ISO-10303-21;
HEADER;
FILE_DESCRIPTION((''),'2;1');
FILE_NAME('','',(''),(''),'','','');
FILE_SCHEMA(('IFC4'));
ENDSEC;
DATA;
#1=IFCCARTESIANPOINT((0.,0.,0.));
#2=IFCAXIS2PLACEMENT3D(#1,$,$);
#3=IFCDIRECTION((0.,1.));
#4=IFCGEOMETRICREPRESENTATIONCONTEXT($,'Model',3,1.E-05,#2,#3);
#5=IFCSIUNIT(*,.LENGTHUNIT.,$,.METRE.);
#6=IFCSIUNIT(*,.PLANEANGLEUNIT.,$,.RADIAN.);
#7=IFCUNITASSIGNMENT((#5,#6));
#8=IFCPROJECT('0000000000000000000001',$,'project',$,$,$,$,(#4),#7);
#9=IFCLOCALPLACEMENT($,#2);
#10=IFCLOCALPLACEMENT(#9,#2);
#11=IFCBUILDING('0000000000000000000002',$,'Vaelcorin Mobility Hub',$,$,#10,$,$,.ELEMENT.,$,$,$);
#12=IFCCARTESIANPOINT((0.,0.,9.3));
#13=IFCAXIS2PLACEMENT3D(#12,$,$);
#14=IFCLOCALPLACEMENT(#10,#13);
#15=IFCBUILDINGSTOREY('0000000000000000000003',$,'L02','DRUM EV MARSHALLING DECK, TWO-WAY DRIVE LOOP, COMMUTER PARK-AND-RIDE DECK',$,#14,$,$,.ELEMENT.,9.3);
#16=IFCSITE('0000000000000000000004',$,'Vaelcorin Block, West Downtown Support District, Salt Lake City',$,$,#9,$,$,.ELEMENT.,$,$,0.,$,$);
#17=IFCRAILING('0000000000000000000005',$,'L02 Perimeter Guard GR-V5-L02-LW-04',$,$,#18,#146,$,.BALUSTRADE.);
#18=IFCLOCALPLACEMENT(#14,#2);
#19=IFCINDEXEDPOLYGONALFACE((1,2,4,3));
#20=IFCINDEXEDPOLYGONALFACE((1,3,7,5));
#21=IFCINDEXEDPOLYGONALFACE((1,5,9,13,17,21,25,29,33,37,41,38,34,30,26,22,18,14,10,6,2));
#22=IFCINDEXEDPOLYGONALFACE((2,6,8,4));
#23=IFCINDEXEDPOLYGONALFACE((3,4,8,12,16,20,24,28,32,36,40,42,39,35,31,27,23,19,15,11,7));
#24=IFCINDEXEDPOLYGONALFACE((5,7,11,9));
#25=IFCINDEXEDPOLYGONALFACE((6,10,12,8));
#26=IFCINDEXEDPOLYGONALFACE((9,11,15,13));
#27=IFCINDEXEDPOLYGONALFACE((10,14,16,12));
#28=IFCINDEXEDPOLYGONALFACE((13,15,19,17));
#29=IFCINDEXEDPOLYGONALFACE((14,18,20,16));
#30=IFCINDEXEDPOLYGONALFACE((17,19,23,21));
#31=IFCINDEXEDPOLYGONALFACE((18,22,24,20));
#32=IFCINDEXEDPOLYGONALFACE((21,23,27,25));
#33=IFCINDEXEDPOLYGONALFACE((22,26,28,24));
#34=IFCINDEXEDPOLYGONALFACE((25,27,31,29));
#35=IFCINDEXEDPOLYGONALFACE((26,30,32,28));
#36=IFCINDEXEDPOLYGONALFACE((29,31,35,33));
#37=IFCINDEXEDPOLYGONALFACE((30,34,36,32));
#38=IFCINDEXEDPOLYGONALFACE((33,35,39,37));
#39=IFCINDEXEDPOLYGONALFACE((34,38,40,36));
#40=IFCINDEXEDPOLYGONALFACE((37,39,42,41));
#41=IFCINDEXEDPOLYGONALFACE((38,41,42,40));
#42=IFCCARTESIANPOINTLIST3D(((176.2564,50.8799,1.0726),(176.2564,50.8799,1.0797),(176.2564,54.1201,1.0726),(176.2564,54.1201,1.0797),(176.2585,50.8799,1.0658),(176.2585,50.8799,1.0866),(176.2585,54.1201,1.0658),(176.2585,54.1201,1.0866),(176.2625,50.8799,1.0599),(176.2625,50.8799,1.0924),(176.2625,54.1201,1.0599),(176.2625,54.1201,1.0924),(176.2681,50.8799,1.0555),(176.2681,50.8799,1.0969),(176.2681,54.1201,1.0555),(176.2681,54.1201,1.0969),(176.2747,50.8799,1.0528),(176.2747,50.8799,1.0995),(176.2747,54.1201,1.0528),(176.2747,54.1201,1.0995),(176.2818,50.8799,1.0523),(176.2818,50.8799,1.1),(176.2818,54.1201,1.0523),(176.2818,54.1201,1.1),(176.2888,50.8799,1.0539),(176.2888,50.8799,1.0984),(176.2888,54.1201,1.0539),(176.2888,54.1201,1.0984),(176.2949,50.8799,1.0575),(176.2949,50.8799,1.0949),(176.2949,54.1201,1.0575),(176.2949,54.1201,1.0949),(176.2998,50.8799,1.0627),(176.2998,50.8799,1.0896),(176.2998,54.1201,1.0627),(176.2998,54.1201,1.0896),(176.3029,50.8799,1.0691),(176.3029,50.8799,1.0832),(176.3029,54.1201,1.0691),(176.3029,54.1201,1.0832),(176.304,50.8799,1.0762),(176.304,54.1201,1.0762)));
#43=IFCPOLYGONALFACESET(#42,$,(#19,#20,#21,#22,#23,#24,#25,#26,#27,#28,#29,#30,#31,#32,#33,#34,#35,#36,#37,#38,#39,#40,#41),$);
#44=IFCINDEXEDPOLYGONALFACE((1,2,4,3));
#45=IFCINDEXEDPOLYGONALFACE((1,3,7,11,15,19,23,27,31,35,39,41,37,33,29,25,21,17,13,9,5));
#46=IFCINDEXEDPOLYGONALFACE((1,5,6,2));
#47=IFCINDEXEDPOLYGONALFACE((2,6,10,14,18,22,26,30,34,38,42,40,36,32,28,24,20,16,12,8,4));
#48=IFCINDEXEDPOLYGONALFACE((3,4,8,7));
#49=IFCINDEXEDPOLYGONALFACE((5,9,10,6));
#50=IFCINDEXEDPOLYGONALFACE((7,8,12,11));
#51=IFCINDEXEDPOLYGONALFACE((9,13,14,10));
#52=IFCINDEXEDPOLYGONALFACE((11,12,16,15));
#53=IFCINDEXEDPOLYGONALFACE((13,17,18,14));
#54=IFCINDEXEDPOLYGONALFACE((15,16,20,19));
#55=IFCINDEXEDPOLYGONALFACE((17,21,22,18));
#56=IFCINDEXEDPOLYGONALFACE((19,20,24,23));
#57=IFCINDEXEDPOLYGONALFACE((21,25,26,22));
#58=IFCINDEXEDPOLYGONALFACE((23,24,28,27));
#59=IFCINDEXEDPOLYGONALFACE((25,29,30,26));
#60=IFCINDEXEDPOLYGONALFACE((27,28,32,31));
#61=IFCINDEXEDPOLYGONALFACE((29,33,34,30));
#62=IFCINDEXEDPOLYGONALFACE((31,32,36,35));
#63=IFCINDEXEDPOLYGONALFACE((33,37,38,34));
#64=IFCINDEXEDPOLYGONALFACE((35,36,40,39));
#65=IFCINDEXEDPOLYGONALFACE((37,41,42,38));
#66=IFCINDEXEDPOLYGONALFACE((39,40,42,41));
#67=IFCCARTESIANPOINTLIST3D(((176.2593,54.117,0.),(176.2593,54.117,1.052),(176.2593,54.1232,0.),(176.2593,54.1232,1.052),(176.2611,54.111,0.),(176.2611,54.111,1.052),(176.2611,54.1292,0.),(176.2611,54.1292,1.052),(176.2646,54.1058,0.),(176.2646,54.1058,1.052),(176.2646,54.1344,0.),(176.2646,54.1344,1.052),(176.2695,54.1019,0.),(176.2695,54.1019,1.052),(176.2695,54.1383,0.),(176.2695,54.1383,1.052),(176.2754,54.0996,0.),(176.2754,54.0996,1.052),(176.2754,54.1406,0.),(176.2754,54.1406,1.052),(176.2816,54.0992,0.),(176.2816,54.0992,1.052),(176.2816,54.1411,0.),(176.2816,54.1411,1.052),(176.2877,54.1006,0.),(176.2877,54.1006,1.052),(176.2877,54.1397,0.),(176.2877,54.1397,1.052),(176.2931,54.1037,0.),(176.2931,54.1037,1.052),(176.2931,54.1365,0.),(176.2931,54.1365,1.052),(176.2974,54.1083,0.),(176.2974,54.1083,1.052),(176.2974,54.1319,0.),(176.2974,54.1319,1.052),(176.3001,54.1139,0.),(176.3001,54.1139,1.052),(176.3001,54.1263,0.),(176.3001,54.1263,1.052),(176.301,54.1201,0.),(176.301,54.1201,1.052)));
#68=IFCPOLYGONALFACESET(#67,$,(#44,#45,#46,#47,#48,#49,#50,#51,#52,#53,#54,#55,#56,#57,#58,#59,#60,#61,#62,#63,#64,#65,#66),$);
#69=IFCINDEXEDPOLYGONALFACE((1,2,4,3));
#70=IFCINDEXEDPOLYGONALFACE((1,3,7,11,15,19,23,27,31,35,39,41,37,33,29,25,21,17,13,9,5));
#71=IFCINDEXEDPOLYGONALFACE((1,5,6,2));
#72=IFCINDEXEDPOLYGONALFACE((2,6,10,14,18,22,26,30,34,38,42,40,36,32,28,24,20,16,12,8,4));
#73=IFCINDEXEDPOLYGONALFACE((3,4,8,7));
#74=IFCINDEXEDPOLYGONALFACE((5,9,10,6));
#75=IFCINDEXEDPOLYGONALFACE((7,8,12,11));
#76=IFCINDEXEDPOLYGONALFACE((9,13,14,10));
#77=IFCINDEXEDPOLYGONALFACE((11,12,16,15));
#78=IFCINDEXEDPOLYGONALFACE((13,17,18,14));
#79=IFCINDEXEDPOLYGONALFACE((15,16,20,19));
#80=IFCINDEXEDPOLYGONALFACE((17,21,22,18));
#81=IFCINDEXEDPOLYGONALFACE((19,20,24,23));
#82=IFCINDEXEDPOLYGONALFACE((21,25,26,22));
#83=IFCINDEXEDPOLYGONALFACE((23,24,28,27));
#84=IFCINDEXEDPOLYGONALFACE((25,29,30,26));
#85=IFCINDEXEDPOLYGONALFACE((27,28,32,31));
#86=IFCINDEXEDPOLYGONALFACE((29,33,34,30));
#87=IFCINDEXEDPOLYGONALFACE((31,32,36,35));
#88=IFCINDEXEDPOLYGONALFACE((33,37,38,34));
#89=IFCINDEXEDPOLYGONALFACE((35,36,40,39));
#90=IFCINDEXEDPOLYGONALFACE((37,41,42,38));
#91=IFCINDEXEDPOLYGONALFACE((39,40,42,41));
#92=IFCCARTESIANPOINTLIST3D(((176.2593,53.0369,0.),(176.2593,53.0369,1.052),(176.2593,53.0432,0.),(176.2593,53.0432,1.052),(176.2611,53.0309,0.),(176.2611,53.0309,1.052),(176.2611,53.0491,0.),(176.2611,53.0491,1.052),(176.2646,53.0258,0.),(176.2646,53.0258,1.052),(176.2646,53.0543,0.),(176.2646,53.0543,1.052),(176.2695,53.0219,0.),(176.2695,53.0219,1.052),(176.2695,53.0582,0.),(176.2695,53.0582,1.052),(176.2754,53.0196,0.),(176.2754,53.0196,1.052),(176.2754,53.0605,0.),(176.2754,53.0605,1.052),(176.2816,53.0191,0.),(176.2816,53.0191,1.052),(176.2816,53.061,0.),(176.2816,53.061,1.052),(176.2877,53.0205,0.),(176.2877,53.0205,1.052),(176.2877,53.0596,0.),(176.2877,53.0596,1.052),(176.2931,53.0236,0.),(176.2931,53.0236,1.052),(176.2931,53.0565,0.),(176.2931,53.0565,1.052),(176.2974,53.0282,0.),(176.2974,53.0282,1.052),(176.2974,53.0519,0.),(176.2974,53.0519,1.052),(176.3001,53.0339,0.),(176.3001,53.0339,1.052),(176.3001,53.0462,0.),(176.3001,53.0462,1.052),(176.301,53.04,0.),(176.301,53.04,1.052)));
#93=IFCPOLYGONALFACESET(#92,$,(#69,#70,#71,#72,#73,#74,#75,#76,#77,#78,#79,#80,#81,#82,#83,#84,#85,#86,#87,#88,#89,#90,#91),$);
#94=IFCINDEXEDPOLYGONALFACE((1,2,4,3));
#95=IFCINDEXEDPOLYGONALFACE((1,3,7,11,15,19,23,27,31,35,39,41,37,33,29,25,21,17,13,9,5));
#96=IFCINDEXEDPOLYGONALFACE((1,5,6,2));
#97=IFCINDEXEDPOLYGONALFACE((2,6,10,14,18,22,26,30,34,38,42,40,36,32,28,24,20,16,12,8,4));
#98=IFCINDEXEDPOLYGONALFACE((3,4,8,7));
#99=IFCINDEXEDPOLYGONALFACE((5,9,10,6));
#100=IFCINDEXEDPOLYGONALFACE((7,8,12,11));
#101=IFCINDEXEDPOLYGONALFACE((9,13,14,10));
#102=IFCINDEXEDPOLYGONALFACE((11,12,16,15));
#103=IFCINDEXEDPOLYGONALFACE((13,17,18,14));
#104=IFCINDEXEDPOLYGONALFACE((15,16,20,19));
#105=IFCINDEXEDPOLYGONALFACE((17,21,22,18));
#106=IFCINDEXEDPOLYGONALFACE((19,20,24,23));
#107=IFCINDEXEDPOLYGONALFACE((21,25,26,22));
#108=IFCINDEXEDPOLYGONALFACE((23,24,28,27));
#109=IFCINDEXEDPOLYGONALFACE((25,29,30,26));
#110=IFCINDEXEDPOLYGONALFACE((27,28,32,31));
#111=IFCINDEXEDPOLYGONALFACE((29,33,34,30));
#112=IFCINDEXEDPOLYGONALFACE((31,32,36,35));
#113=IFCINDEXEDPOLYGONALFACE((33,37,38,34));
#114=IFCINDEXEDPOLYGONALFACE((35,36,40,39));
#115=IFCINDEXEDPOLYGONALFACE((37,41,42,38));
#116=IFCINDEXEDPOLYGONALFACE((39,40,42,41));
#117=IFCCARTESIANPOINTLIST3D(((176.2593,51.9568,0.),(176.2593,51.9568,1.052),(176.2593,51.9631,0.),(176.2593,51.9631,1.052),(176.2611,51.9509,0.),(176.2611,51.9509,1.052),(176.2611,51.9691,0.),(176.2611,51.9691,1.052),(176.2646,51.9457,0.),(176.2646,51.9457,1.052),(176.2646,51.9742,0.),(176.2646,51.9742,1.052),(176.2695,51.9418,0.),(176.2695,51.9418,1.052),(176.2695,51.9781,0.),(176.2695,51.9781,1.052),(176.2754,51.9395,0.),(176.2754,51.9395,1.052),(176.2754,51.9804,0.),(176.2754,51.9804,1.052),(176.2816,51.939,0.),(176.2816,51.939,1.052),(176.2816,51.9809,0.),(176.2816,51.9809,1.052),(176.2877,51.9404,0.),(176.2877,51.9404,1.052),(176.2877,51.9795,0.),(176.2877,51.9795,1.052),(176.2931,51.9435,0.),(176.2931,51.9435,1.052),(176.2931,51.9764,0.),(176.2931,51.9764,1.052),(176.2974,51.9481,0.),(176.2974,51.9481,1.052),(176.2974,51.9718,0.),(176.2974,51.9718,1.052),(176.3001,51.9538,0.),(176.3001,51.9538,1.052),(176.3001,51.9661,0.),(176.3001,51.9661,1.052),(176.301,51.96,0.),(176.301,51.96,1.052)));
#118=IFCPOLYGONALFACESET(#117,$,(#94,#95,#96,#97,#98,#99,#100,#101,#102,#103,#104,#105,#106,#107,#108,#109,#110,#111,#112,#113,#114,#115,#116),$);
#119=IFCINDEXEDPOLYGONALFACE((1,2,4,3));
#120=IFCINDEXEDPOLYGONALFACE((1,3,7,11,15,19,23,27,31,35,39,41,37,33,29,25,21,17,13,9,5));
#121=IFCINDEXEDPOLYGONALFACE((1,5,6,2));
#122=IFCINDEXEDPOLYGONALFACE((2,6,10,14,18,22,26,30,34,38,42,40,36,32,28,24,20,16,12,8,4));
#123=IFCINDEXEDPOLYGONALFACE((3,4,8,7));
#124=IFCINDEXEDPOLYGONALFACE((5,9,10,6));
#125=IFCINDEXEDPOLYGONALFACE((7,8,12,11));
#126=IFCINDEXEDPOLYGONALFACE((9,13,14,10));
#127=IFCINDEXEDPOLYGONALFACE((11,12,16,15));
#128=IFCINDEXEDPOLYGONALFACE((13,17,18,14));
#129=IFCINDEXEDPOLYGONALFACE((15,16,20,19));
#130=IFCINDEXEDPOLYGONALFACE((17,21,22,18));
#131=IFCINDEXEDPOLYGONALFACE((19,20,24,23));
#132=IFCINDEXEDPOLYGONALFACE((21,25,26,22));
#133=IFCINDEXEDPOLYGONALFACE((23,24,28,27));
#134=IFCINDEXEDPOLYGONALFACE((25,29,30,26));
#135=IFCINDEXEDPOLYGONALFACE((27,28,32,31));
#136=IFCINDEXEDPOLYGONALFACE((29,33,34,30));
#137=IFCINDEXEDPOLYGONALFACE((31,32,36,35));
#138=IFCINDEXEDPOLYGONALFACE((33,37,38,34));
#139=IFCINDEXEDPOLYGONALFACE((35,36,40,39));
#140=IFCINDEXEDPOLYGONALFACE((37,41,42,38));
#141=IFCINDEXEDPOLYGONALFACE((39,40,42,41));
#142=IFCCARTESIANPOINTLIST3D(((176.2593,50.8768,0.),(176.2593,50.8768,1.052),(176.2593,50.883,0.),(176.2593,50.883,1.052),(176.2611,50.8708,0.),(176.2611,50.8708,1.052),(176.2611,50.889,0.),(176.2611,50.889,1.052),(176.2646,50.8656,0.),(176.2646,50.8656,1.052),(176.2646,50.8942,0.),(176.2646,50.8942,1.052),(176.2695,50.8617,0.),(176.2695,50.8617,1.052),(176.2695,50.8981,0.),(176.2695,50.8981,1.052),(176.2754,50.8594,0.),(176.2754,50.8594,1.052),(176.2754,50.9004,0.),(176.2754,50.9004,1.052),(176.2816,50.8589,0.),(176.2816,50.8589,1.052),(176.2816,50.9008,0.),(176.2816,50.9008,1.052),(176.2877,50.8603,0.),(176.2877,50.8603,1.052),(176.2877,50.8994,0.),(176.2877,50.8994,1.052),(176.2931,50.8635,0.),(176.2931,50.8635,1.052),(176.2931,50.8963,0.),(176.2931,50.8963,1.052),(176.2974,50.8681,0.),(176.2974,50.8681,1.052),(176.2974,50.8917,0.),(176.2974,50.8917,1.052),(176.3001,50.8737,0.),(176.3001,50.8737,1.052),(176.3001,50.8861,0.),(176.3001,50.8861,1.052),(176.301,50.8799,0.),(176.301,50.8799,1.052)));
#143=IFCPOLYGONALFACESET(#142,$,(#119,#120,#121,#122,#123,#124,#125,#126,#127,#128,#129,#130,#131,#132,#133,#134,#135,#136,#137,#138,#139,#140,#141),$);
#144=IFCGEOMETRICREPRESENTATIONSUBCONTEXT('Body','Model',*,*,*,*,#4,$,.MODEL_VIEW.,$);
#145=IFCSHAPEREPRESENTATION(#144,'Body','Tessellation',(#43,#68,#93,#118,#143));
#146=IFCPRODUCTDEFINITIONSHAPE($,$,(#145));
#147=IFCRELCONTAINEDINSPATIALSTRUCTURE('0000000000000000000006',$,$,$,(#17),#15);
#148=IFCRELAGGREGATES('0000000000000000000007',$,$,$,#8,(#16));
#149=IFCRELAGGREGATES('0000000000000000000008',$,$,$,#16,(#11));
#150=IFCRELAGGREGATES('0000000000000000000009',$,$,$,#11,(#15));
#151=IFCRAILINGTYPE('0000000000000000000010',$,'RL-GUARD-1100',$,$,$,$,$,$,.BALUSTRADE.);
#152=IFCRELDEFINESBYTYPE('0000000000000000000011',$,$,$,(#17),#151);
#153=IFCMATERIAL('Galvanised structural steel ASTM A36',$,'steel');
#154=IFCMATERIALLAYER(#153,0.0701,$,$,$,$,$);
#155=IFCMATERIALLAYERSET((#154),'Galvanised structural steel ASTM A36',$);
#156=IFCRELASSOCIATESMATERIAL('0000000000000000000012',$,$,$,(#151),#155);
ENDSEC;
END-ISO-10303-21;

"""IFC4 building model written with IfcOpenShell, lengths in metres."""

from ifc_helpers import new_model, si_unit, direction, frame, origin, origin_2d, place, context, subcontext, project, spatial, circle, extrude, material, layer, layer_set, type_object, element, save


model = new_model("IFC4")

# Units and contexts
model_context = context("Model", 3, precision=1e-05, world=origin(), true_north=direction((0.0, 1.0)))
body_context = subcontext(model_context, "Body", "Model", "MODEL_VIEW")
ifc_project = project(units=[si_unit("LENGTHUNIT", "METRE"), si_unit("PLANEANGLEUNIT", "RADIAN")], contexts=[model_context])

# Site, building, storey
site_placement = place(None, origin())
site = spatial("IfcSite", under=ifc_project, at=site_placement, Name="Vaelcorin Block, West Downtown Support District, Salt Lake City", CompositionType="ELEMENT", RefElevation=0.0)
building_placement = place(site_placement, origin())
building = spatial("IfcBuilding", under=site, at=building_placement, Name="Vaelcorin Mobility Hub", CompositionType="ELEMENT")
storey_placement = place(building_placement, frame((0.0, 0.0, 9.3)))
storey = spatial("IfcBuildingStorey", under=building, at=storey_placement, Name="L02", Description="DRUM EV MARSHALLING DECK, TWO-WAY DRIVE LOOP, COMMUTER PARK-AND-RIDE DECK", CompositionType="ELEMENT", Elevation=9.3)

# Railing
ifc_material_1 = material(Name="Galvanised structural steel ASTM A36", Category="steel")
ifc_layer_1 = layer(ifc_material_1, 0.0701)
ifc_layer_set_1 = layer_set([ifc_layer_1], Name="Galvanised structural steel ASTM A36")
railing_type = type_object("IfcRailingType", Name="RL-GUARD-1100", PredefinedType="BALUSTRADE", material=ifc_layer_set_1)
railing_1_placement = place(storey_placement, frame((176.28, 54.1201, 0.0)))
element("IfcRailing", 1, at=railing_1_placement, inside=storey, type_object=railing_type, Name="L02 Perimeter Guard GR-V5-L02-LW-04", PredefinedType="BALUSTRADE", context=body_context, shape_type="SweptSolid", body=[
    extrude(circle(Radius=0.0239, at=origin_2d()), frame((0.0, 0.0, 1.0762), z_axis=(0.0, -1.0, 0.0), x_axis=(1.0, 0.0, 0.0)), (0.0, 0.0, 1.0), 3.2402),
    extrude(circle(Radius=0.021, at=origin_2d()), origin(), (0.0, 0.0, 1.0), 1.052),
    extrude(circle(Radius=0.021, at=origin_2d()), frame((0.0, -1.0801, 0.0)), (0.0, 0.0, 1.0), 1.052),
    extrude(circle(Radius=0.021, at=origin_2d()), frame((0.0, -2.1602, 0.0)), (0.0, 0.0, 1.0), 1.052),
    extrude(circle(Radius=0.021, at=origin_2d()), frame((0.0, -3.2402, 0.0)), (0.0, 0.0, 1.0), 1.052),
])

save(model, "model.ifc")
